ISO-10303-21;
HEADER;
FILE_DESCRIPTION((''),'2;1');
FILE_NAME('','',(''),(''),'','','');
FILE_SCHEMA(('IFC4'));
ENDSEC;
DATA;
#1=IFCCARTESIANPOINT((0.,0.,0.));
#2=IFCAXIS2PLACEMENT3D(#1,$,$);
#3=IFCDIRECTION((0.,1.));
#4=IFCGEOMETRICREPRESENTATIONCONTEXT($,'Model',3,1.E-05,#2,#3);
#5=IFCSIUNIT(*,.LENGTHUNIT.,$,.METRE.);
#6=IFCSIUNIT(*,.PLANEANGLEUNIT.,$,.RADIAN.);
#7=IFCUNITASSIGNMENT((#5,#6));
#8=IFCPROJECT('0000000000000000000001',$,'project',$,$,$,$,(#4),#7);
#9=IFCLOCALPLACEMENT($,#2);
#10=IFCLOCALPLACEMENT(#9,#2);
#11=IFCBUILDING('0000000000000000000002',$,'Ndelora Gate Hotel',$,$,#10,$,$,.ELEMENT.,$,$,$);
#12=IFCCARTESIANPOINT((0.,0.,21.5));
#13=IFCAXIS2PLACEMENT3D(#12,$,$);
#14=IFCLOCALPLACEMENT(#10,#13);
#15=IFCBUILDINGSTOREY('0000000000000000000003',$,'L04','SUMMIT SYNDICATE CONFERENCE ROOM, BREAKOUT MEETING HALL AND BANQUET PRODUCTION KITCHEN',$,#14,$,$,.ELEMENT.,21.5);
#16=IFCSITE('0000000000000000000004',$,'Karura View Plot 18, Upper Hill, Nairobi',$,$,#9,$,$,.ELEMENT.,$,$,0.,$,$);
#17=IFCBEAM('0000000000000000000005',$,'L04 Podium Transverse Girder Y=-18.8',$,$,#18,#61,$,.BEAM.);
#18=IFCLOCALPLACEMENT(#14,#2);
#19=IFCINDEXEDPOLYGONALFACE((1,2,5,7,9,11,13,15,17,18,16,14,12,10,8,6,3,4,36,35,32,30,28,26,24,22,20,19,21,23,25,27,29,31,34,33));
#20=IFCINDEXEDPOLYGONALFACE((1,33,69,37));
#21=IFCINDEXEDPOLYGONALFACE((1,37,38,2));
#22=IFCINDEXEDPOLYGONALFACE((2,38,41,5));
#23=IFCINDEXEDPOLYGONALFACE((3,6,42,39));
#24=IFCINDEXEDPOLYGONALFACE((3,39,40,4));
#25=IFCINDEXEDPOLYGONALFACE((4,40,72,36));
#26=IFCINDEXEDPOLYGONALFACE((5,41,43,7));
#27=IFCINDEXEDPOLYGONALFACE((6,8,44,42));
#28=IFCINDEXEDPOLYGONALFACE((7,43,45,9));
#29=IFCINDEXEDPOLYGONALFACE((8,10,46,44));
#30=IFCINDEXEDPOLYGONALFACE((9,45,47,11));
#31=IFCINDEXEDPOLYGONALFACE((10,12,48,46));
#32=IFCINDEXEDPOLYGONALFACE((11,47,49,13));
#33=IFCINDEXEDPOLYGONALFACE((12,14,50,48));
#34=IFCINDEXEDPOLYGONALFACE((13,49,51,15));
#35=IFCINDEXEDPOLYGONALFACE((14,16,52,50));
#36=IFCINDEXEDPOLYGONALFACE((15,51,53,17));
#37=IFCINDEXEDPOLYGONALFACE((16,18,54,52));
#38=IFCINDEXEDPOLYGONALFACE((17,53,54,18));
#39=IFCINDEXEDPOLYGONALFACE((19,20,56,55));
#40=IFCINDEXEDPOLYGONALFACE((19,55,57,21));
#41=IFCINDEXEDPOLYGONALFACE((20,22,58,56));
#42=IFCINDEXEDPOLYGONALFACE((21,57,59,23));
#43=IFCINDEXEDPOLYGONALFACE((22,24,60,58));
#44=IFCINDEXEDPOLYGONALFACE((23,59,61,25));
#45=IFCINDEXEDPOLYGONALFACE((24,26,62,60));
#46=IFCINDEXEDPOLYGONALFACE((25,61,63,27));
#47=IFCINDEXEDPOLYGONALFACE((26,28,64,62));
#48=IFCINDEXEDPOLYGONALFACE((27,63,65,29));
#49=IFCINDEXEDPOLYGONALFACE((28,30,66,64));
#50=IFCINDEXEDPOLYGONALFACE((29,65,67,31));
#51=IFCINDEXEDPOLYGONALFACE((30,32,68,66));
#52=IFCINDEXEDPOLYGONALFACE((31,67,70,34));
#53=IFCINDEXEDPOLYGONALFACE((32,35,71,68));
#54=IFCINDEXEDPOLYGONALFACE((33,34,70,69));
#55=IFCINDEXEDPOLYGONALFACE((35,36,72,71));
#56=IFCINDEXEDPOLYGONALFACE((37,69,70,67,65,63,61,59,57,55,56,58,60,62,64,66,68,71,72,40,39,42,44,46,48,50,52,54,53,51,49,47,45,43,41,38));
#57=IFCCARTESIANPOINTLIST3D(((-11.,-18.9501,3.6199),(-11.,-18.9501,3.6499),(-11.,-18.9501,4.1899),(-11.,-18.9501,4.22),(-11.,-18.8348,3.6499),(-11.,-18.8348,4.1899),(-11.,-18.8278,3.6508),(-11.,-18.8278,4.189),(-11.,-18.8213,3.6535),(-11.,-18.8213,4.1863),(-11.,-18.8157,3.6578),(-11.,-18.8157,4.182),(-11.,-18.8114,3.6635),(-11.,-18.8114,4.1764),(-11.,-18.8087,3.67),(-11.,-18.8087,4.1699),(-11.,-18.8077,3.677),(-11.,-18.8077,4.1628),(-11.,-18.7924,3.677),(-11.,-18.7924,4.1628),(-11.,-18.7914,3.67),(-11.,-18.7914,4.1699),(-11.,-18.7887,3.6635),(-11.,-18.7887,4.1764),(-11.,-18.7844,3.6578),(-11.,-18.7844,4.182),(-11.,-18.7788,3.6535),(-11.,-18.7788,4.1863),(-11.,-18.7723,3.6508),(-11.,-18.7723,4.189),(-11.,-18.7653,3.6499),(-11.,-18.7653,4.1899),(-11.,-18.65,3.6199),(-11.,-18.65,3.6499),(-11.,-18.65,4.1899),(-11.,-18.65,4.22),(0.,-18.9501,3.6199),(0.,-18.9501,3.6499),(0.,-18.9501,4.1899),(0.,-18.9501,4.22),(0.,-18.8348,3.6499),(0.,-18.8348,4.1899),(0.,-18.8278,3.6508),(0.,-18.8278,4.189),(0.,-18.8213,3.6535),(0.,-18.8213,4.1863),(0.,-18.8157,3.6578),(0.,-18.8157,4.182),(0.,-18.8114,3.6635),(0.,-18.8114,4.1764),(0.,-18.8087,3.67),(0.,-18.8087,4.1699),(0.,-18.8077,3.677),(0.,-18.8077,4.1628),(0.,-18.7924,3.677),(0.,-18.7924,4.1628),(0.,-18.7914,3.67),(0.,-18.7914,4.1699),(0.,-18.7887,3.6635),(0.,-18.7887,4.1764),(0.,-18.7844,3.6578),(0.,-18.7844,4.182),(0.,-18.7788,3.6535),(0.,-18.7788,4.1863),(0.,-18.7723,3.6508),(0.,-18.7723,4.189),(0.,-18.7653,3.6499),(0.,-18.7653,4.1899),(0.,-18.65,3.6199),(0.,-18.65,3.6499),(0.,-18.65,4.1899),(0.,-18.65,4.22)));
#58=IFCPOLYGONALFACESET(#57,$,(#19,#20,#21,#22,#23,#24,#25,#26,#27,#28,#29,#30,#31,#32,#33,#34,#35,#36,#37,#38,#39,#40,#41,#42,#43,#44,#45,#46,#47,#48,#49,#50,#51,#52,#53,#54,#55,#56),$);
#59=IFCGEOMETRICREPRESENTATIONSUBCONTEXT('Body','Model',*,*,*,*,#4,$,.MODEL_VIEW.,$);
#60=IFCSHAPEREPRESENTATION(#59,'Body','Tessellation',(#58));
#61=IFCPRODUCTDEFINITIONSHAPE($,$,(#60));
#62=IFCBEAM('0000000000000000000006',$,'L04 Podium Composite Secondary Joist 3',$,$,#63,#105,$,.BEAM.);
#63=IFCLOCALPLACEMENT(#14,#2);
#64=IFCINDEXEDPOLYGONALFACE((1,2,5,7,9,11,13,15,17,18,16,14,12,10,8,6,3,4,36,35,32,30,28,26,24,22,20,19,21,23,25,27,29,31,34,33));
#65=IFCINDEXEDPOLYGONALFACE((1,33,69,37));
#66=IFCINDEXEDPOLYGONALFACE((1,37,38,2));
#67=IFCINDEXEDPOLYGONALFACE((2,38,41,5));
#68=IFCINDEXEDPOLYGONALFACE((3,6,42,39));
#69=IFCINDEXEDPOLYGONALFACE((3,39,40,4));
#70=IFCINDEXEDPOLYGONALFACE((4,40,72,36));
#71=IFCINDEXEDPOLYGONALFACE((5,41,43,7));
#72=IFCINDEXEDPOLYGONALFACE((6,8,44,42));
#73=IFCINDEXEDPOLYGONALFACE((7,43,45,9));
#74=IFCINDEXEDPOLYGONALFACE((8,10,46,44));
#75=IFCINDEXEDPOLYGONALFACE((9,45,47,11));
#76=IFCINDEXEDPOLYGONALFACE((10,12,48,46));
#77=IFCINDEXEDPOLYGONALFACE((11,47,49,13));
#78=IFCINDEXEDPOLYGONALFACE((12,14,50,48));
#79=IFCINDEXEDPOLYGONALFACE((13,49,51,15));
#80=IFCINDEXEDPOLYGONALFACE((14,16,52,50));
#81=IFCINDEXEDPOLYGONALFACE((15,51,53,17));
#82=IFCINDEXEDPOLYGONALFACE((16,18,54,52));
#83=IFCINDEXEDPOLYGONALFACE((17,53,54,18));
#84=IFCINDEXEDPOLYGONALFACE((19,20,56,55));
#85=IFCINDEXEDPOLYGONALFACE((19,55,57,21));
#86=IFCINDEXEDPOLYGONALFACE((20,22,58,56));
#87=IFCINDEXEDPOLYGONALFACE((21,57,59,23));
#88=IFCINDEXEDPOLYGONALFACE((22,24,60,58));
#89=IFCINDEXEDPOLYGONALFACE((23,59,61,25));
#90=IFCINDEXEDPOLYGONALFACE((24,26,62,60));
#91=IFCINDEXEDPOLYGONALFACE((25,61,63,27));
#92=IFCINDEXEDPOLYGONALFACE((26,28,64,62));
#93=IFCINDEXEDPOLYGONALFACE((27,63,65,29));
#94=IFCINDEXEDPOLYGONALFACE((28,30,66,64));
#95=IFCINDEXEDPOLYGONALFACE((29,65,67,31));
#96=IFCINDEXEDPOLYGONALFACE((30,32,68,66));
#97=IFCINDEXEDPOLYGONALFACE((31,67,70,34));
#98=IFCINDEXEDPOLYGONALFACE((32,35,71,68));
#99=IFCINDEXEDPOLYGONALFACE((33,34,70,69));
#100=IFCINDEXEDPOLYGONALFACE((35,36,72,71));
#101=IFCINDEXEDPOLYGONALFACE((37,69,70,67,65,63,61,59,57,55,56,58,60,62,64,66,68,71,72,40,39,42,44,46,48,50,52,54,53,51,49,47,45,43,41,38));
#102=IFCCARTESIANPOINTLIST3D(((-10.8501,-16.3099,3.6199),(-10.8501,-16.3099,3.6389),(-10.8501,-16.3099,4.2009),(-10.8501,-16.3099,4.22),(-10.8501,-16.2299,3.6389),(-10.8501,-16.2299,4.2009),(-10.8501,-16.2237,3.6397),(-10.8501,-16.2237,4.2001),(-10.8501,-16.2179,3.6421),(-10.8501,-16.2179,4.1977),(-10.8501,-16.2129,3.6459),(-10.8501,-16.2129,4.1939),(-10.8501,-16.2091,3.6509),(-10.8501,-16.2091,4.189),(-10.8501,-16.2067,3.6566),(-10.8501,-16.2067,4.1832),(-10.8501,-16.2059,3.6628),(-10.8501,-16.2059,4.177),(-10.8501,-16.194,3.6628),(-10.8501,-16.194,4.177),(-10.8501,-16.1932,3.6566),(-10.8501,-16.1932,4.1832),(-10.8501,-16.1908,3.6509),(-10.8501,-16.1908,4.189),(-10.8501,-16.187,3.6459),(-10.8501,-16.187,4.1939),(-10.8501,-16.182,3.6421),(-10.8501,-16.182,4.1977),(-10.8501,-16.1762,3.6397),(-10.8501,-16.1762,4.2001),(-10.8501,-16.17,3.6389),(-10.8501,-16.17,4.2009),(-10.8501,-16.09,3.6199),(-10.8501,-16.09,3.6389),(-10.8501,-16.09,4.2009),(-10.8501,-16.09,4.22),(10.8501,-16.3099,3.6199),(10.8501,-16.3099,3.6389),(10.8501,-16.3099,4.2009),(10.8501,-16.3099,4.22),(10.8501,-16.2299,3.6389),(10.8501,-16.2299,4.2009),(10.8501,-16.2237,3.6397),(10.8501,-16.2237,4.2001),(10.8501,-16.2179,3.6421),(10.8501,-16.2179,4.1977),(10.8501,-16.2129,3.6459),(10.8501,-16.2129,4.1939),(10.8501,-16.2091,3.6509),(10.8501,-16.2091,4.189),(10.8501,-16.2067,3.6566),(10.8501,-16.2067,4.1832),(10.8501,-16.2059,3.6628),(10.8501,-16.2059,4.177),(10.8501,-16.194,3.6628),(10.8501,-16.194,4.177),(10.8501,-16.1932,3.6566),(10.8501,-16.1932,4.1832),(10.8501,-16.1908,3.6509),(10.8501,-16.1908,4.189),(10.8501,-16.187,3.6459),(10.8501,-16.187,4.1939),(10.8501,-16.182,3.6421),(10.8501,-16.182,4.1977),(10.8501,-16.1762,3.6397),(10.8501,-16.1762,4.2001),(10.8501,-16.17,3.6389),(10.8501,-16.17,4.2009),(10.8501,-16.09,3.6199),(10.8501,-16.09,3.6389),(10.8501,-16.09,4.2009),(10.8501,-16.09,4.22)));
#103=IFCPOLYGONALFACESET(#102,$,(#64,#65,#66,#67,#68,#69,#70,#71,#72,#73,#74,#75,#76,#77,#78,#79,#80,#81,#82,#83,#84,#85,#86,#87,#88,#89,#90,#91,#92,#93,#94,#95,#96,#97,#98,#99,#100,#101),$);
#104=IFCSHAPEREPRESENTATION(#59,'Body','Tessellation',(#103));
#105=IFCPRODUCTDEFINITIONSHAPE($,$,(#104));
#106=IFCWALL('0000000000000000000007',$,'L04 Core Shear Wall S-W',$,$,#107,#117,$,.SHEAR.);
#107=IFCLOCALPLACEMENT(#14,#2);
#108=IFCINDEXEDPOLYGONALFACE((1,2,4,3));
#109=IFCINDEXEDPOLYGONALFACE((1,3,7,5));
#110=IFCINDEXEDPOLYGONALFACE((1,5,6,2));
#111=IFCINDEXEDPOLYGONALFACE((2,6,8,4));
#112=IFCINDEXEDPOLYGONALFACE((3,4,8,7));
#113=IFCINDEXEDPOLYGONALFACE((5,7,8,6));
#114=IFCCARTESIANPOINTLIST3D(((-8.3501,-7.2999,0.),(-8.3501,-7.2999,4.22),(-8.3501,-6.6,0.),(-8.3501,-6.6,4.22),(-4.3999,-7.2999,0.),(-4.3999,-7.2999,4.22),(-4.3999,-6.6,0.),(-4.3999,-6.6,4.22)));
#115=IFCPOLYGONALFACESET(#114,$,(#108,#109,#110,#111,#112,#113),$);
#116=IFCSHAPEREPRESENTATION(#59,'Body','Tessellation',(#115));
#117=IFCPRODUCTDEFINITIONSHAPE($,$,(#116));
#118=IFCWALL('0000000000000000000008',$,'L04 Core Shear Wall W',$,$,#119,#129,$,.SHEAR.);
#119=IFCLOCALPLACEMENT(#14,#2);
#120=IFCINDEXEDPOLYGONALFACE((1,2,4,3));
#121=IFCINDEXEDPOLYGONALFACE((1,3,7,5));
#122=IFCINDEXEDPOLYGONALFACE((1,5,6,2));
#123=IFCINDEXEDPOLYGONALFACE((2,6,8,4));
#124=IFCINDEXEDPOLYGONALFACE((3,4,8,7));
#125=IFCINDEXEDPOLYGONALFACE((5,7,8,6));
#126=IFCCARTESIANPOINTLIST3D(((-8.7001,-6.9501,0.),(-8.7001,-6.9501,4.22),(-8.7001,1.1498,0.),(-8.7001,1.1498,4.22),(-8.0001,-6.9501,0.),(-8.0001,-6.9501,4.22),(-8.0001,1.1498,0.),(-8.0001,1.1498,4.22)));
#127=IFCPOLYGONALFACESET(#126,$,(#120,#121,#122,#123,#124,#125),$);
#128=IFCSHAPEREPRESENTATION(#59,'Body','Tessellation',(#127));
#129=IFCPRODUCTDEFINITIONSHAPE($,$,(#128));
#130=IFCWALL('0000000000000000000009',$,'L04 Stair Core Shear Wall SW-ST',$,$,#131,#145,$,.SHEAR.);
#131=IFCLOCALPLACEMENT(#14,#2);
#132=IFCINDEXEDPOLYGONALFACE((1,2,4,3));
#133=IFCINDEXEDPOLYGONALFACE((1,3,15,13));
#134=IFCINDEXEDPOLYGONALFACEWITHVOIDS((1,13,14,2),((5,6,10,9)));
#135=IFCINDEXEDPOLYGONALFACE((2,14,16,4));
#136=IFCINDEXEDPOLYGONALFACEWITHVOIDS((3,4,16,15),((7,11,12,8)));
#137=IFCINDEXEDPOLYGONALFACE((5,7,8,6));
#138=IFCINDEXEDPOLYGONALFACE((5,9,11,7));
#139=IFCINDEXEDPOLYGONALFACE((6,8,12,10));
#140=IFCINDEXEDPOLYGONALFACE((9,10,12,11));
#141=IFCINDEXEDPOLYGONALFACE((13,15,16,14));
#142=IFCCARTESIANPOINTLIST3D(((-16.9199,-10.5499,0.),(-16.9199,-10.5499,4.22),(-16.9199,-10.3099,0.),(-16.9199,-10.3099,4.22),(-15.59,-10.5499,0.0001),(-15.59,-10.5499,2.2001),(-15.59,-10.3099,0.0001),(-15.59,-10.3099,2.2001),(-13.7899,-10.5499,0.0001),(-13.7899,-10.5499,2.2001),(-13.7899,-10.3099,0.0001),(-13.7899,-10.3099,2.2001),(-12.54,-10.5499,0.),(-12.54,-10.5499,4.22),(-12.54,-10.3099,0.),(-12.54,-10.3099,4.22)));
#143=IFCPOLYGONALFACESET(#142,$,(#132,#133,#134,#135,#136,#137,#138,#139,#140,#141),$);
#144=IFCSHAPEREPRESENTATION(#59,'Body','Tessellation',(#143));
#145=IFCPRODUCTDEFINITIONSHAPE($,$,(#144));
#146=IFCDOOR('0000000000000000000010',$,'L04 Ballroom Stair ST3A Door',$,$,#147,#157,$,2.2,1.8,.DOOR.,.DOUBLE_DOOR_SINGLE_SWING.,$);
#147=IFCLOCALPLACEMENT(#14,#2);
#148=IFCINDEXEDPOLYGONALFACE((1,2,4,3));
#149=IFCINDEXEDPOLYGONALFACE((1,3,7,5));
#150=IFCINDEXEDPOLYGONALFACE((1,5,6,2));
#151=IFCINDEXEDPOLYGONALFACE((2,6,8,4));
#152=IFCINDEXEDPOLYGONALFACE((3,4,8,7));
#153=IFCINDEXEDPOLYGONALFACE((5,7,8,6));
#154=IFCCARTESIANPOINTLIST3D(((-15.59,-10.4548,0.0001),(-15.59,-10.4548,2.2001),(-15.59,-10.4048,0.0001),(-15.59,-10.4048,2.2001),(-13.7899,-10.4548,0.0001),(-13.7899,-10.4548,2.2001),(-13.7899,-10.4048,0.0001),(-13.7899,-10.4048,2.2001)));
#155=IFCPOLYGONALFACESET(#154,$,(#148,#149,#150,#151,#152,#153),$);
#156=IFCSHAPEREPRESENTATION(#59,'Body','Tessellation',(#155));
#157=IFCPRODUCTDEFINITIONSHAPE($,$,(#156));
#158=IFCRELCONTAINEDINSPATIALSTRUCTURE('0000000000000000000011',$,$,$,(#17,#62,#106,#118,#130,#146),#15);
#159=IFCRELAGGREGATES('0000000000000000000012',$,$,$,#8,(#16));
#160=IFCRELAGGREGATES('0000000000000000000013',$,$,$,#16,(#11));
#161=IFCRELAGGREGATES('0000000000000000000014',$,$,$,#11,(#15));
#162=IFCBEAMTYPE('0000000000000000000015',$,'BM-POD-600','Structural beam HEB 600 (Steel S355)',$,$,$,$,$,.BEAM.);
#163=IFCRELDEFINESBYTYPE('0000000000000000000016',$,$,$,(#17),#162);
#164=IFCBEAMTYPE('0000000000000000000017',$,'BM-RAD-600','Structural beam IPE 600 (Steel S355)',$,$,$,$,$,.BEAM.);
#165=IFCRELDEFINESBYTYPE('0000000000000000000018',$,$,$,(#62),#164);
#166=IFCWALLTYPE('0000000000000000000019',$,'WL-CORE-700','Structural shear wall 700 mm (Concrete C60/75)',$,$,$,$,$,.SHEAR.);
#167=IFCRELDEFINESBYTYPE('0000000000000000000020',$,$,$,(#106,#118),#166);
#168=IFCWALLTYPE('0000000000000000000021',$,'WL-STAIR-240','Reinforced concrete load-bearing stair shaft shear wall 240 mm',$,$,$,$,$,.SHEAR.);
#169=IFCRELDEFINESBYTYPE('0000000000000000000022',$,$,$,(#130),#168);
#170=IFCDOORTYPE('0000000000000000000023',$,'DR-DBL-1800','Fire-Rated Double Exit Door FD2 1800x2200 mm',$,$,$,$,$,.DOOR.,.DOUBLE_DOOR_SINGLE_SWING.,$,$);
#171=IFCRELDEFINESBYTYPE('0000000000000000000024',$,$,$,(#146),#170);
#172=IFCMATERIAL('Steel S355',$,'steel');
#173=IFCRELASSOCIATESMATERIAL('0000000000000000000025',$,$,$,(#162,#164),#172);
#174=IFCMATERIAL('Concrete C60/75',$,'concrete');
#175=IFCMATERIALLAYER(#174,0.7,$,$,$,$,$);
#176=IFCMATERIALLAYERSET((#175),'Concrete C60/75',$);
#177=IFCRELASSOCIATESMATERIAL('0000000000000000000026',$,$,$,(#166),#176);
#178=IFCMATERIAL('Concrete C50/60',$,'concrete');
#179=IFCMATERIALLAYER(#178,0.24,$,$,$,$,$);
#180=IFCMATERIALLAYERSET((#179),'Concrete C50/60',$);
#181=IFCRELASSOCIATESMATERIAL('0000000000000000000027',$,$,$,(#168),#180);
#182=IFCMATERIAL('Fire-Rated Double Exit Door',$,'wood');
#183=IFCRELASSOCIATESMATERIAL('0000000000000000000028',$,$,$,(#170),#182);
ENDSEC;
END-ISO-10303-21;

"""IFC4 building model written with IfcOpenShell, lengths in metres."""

from ifc_helpers import new_model, si_unit, direction, frame, frame_2d, origin, origin_2d, place, context, subcontext, project, spatial, rectangle, i_section, extrude, material, layer, layer_set, material_profile, profile_set, type_object, element, fill, save


model = new_model("IFC4")

# Units and contexts
model_context = context("Model", 3, precision=1e-05, world=origin(), true_north=direction((0.0, 1.0)))
body_context = subcontext(model_context, "Body", "Model", "MODEL_VIEW")
ifc_project = project(units=[si_unit("LENGTHUNIT", "METRE"), si_unit("PLANEANGLEUNIT", "RADIAN")], contexts=[model_context])

# Site, building, storey
site_placement = place(None, origin())
site = spatial("IfcSite", under=ifc_project, at=site_placement, Name="Karura View Plot 18, Upper Hill, Nairobi", CompositionType="ELEMENT", RefElevation=0.0)
building_placement = place(site_placement, origin())
building = spatial("IfcBuilding", under=site, at=building_placement, Name="Ndelora Gate Hotel", CompositionType="ELEMENT")
storey_placement = place(building_placement, frame((0.0, 0.0, 21.5)))
storey = spatial("IfcBuildingStorey", under=building, at=storey_placement, Name="L04", Description="SUMMIT SYNDICATE CONFERENCE ROOM, BREAKOUT MEETING HALL AND BANQUET PRODUCTION KITCHEN", CompositionType="ELEMENT", Elevation=21.5)

# Shared definitions
ifc_material_1 = material(Name="Concrete C60/75", Category="concrete")

# Beams
ifc_material_2 = material(Name="Steel S355", Category="steel")
ifc_material_profile_1 = material_profile(ifc_material_2, i_section(OverallWidth=0.3, OverallDepth=0.6001, WebThickness=0.0154, FlangeThickness=0.03, FilletRadius=0.0271, at=origin_2d()), Name="HEB 600")
ifc_profile_set_1 = profile_set([ifc_material_profile_1], Name="Steel S355")
beam_type_1 = type_object("IfcBeamType", Name="BM-POD-600", Description="Structural beam HEB 600 (Steel S355)", PredefinedType="BEAM", material=ifc_profile_set_1)
beam_1_placement = place(storey_placement, frame((-11.0, -18.8, 3.9199), z_axis=(1.0, 0.0, 0.0), x_axis=(0.0, 1.0, 0.0)))
element("IfcBeam", 1, at=beam_1_placement, inside=storey, type_object=beam_type_1, Name="L04 Podium Transverse Girder Y=-18.8", PredefinedType="BEAM", context=body_context, shape_type="SweptSolid", body=[
    extrude(i_section(OverallWidth=0.3, OverallDepth=0.6001, WebThickness=0.0154, FlangeThickness=0.03, FilletRadius=0.0271, at=origin_2d()), origin(), (0.0, 0.0, 1.0), 11.0),
])
ifc_material_profile_2 = material_profile(ifc_material_2, i_section(OverallWidth=0.22, OverallDepth=0.6001, WebThickness=0.012, FlangeThickness=0.019, FilletRadius=0.0239, at=origin_2d()), Name="IPE 600")
ifc_profile_set_2 = profile_set([ifc_material_profile_2], Name="Steel S355")
beam_type_2 = type_object("IfcBeamType", Name="BM-RAD-600", Description="Structural beam IPE 600 (Steel S355)", PredefinedType="BEAM", material=ifc_profile_set_2)
beam_2_placement = place(storey_placement, frame((-10.8501, -16.2, 3.9199), z_axis=(1.0, 0.0, 0.0), x_axis=(0.0, 1.0, 0.0)))
element("IfcBeam", 2, at=beam_2_placement, inside=storey, type_object=beam_type_2, Name="L04 Podium Composite Secondary Joist 3", PredefinedType="BEAM", context=body_context, shape_type="SweptSolid", body=[
    extrude(i_section(OverallWidth=0.22, OverallDepth=0.6001, WebThickness=0.012, FlangeThickness=0.019, FilletRadius=0.0239, at=origin_2d()), origin(), (0.0, 0.0, 1.0), 21.7002),
])

# Walls
ifc_layer_1 = layer(ifc_material_1, 0.7)
ifc_layer_set_1 = layer_set([ifc_layer_1], Name="Concrete C60/75")
wall_type_1 = type_object("IfcWallType", Name="WL-CORE-700", Description="Structural shear wall 700 mm (Concrete C60/75)", PredefinedType="SHEAR", material=ifc_layer_set_1)
wall_1_placement = place(storey_placement, frame((-8.3501, -6.95, 0.0), z_axis=(0.0, 0.0, 1.0), x_axis=(1.0, 0.0, 0.0)))
element("IfcWall", 3, at=wall_1_placement, inside=storey, type_object=wall_type_1, Name="L04 Core Shear Wall S-W", PredefinedType="SHEAR", context=body_context, shape_type="SweptSolid", body=[
    extrude(rectangle(XDim=3.9502, YDim=0.7, at=frame_2d((1.9751, 0.0))), origin(), (0.0, 0.0, 1.0), 4.22),
])
wall_2_placement = place(storey_placement, frame((-8.3501, -6.95, 0.0), z_axis=(0.0, 0.0, 1.0), x_axis=(0.0, 1.0, 0.0)))
element("IfcWall", 4, at=wall_2_placement, inside=storey, type_object=wall_type_1, Name="L04 Core Shear Wall W", PredefinedType="SHEAR", context=body_context, shape_type="SweptSolid", body=[
    extrude(rectangle(XDim=8.0999, YDim=0.7, at=frame_2d((4.0498, 0.0))), origin(), (0.0, 0.0, 1.0), 4.22),
])

# Wall, opening, door
ifc_material_3 = material(Name="Concrete C50/60", Category="concrete")
ifc_layer_2 = layer(ifc_material_3, 0.24)
ifc_layer_set_2 = layer_set([ifc_layer_2], Name="Concrete C50/60")
wall_type_2 = type_object("IfcWallType", Name="WL-STAIR-240", Description="Reinforced concrete load-bearing stair shaft shear wall 240 mm", PredefinedType="SHEAR", material=ifc_layer_set_2)
wall_3_placement = place(storey_placement, frame((-12.54, -10.4299, 0.0), z_axis=(0.0, 0.0, 1.0), x_axis=(-1.0, 0.0, 0.0)))
wall_3 = element("IfcWall", 5, at=wall_3_placement, inside=storey, type_object=wall_type_2, Name="L04 Stair Core Shear Wall SW-ST", PredefinedType="SHEAR", context=body_context, shape_type="SweptSolid", body=[
    extrude(rectangle(XDim=4.3799, YDim=0.24, at=frame_2d((2.1899, 0.0))), origin(), (0.0, 0.0, 1.0), 4.22),
])
opening_placement = place(wall_3_placement, frame((1.25, 0.0, 0.0)))
opening = element("IfcOpeningElement", 6, at=opening_placement, cuts=wall_3, PredefinedType="OPENING", context=body_context, shape_type="SweptSolid", body=[
    extrude(rectangle(XDim=1.8, YDim=2.2, at=frame_2d((0.8999, 1.1001))), frame((0.0, 0.1299, 0.0), z_axis=(0.0, -1.0, 0.0), x_axis=(1.0, 0.0, 0.0)), (0.0, 0.0, 1.0), 0.26),
])
ifc_material_4 = material(Name="Fire-Rated Double Exit Door", Category="wood")
door_type = type_object("IfcDoorType", Name="DR-DBL-1800", Description="Fire-Rated Double Exit Door FD2 1800x2200 mm", OperationType="DOUBLE_DOOR_SINGLE_SWING", PredefinedType="DOOR", material=ifc_material_4)
door_placement = place(opening_placement, origin())
door = element("IfcDoor", 7, at=door_placement, inside=storey, type_object=door_type, Name="L04 Ballroom Stair ST3A Door", OperationType="DOUBLE_DOOR_SINGLE_SWING", OverallHeight=2.2, OverallWidth=1.8, PredefinedType="DOOR", context=body_context, shape_type="SweptSolid", body=[
    extrude(rectangle(XDim=1.8, YDim=2.2, at=frame_2d((0.8999, 1.1001))), frame((0.0, 0.0249, 0.0), z_axis=(0.0, -1.0, 0.0), x_axis=(1.0, 0.0, 0.0)), (0.0, 0.0, 1.0), 0.05),
])
fill(opening, door)

save(model, "model.ifc")
